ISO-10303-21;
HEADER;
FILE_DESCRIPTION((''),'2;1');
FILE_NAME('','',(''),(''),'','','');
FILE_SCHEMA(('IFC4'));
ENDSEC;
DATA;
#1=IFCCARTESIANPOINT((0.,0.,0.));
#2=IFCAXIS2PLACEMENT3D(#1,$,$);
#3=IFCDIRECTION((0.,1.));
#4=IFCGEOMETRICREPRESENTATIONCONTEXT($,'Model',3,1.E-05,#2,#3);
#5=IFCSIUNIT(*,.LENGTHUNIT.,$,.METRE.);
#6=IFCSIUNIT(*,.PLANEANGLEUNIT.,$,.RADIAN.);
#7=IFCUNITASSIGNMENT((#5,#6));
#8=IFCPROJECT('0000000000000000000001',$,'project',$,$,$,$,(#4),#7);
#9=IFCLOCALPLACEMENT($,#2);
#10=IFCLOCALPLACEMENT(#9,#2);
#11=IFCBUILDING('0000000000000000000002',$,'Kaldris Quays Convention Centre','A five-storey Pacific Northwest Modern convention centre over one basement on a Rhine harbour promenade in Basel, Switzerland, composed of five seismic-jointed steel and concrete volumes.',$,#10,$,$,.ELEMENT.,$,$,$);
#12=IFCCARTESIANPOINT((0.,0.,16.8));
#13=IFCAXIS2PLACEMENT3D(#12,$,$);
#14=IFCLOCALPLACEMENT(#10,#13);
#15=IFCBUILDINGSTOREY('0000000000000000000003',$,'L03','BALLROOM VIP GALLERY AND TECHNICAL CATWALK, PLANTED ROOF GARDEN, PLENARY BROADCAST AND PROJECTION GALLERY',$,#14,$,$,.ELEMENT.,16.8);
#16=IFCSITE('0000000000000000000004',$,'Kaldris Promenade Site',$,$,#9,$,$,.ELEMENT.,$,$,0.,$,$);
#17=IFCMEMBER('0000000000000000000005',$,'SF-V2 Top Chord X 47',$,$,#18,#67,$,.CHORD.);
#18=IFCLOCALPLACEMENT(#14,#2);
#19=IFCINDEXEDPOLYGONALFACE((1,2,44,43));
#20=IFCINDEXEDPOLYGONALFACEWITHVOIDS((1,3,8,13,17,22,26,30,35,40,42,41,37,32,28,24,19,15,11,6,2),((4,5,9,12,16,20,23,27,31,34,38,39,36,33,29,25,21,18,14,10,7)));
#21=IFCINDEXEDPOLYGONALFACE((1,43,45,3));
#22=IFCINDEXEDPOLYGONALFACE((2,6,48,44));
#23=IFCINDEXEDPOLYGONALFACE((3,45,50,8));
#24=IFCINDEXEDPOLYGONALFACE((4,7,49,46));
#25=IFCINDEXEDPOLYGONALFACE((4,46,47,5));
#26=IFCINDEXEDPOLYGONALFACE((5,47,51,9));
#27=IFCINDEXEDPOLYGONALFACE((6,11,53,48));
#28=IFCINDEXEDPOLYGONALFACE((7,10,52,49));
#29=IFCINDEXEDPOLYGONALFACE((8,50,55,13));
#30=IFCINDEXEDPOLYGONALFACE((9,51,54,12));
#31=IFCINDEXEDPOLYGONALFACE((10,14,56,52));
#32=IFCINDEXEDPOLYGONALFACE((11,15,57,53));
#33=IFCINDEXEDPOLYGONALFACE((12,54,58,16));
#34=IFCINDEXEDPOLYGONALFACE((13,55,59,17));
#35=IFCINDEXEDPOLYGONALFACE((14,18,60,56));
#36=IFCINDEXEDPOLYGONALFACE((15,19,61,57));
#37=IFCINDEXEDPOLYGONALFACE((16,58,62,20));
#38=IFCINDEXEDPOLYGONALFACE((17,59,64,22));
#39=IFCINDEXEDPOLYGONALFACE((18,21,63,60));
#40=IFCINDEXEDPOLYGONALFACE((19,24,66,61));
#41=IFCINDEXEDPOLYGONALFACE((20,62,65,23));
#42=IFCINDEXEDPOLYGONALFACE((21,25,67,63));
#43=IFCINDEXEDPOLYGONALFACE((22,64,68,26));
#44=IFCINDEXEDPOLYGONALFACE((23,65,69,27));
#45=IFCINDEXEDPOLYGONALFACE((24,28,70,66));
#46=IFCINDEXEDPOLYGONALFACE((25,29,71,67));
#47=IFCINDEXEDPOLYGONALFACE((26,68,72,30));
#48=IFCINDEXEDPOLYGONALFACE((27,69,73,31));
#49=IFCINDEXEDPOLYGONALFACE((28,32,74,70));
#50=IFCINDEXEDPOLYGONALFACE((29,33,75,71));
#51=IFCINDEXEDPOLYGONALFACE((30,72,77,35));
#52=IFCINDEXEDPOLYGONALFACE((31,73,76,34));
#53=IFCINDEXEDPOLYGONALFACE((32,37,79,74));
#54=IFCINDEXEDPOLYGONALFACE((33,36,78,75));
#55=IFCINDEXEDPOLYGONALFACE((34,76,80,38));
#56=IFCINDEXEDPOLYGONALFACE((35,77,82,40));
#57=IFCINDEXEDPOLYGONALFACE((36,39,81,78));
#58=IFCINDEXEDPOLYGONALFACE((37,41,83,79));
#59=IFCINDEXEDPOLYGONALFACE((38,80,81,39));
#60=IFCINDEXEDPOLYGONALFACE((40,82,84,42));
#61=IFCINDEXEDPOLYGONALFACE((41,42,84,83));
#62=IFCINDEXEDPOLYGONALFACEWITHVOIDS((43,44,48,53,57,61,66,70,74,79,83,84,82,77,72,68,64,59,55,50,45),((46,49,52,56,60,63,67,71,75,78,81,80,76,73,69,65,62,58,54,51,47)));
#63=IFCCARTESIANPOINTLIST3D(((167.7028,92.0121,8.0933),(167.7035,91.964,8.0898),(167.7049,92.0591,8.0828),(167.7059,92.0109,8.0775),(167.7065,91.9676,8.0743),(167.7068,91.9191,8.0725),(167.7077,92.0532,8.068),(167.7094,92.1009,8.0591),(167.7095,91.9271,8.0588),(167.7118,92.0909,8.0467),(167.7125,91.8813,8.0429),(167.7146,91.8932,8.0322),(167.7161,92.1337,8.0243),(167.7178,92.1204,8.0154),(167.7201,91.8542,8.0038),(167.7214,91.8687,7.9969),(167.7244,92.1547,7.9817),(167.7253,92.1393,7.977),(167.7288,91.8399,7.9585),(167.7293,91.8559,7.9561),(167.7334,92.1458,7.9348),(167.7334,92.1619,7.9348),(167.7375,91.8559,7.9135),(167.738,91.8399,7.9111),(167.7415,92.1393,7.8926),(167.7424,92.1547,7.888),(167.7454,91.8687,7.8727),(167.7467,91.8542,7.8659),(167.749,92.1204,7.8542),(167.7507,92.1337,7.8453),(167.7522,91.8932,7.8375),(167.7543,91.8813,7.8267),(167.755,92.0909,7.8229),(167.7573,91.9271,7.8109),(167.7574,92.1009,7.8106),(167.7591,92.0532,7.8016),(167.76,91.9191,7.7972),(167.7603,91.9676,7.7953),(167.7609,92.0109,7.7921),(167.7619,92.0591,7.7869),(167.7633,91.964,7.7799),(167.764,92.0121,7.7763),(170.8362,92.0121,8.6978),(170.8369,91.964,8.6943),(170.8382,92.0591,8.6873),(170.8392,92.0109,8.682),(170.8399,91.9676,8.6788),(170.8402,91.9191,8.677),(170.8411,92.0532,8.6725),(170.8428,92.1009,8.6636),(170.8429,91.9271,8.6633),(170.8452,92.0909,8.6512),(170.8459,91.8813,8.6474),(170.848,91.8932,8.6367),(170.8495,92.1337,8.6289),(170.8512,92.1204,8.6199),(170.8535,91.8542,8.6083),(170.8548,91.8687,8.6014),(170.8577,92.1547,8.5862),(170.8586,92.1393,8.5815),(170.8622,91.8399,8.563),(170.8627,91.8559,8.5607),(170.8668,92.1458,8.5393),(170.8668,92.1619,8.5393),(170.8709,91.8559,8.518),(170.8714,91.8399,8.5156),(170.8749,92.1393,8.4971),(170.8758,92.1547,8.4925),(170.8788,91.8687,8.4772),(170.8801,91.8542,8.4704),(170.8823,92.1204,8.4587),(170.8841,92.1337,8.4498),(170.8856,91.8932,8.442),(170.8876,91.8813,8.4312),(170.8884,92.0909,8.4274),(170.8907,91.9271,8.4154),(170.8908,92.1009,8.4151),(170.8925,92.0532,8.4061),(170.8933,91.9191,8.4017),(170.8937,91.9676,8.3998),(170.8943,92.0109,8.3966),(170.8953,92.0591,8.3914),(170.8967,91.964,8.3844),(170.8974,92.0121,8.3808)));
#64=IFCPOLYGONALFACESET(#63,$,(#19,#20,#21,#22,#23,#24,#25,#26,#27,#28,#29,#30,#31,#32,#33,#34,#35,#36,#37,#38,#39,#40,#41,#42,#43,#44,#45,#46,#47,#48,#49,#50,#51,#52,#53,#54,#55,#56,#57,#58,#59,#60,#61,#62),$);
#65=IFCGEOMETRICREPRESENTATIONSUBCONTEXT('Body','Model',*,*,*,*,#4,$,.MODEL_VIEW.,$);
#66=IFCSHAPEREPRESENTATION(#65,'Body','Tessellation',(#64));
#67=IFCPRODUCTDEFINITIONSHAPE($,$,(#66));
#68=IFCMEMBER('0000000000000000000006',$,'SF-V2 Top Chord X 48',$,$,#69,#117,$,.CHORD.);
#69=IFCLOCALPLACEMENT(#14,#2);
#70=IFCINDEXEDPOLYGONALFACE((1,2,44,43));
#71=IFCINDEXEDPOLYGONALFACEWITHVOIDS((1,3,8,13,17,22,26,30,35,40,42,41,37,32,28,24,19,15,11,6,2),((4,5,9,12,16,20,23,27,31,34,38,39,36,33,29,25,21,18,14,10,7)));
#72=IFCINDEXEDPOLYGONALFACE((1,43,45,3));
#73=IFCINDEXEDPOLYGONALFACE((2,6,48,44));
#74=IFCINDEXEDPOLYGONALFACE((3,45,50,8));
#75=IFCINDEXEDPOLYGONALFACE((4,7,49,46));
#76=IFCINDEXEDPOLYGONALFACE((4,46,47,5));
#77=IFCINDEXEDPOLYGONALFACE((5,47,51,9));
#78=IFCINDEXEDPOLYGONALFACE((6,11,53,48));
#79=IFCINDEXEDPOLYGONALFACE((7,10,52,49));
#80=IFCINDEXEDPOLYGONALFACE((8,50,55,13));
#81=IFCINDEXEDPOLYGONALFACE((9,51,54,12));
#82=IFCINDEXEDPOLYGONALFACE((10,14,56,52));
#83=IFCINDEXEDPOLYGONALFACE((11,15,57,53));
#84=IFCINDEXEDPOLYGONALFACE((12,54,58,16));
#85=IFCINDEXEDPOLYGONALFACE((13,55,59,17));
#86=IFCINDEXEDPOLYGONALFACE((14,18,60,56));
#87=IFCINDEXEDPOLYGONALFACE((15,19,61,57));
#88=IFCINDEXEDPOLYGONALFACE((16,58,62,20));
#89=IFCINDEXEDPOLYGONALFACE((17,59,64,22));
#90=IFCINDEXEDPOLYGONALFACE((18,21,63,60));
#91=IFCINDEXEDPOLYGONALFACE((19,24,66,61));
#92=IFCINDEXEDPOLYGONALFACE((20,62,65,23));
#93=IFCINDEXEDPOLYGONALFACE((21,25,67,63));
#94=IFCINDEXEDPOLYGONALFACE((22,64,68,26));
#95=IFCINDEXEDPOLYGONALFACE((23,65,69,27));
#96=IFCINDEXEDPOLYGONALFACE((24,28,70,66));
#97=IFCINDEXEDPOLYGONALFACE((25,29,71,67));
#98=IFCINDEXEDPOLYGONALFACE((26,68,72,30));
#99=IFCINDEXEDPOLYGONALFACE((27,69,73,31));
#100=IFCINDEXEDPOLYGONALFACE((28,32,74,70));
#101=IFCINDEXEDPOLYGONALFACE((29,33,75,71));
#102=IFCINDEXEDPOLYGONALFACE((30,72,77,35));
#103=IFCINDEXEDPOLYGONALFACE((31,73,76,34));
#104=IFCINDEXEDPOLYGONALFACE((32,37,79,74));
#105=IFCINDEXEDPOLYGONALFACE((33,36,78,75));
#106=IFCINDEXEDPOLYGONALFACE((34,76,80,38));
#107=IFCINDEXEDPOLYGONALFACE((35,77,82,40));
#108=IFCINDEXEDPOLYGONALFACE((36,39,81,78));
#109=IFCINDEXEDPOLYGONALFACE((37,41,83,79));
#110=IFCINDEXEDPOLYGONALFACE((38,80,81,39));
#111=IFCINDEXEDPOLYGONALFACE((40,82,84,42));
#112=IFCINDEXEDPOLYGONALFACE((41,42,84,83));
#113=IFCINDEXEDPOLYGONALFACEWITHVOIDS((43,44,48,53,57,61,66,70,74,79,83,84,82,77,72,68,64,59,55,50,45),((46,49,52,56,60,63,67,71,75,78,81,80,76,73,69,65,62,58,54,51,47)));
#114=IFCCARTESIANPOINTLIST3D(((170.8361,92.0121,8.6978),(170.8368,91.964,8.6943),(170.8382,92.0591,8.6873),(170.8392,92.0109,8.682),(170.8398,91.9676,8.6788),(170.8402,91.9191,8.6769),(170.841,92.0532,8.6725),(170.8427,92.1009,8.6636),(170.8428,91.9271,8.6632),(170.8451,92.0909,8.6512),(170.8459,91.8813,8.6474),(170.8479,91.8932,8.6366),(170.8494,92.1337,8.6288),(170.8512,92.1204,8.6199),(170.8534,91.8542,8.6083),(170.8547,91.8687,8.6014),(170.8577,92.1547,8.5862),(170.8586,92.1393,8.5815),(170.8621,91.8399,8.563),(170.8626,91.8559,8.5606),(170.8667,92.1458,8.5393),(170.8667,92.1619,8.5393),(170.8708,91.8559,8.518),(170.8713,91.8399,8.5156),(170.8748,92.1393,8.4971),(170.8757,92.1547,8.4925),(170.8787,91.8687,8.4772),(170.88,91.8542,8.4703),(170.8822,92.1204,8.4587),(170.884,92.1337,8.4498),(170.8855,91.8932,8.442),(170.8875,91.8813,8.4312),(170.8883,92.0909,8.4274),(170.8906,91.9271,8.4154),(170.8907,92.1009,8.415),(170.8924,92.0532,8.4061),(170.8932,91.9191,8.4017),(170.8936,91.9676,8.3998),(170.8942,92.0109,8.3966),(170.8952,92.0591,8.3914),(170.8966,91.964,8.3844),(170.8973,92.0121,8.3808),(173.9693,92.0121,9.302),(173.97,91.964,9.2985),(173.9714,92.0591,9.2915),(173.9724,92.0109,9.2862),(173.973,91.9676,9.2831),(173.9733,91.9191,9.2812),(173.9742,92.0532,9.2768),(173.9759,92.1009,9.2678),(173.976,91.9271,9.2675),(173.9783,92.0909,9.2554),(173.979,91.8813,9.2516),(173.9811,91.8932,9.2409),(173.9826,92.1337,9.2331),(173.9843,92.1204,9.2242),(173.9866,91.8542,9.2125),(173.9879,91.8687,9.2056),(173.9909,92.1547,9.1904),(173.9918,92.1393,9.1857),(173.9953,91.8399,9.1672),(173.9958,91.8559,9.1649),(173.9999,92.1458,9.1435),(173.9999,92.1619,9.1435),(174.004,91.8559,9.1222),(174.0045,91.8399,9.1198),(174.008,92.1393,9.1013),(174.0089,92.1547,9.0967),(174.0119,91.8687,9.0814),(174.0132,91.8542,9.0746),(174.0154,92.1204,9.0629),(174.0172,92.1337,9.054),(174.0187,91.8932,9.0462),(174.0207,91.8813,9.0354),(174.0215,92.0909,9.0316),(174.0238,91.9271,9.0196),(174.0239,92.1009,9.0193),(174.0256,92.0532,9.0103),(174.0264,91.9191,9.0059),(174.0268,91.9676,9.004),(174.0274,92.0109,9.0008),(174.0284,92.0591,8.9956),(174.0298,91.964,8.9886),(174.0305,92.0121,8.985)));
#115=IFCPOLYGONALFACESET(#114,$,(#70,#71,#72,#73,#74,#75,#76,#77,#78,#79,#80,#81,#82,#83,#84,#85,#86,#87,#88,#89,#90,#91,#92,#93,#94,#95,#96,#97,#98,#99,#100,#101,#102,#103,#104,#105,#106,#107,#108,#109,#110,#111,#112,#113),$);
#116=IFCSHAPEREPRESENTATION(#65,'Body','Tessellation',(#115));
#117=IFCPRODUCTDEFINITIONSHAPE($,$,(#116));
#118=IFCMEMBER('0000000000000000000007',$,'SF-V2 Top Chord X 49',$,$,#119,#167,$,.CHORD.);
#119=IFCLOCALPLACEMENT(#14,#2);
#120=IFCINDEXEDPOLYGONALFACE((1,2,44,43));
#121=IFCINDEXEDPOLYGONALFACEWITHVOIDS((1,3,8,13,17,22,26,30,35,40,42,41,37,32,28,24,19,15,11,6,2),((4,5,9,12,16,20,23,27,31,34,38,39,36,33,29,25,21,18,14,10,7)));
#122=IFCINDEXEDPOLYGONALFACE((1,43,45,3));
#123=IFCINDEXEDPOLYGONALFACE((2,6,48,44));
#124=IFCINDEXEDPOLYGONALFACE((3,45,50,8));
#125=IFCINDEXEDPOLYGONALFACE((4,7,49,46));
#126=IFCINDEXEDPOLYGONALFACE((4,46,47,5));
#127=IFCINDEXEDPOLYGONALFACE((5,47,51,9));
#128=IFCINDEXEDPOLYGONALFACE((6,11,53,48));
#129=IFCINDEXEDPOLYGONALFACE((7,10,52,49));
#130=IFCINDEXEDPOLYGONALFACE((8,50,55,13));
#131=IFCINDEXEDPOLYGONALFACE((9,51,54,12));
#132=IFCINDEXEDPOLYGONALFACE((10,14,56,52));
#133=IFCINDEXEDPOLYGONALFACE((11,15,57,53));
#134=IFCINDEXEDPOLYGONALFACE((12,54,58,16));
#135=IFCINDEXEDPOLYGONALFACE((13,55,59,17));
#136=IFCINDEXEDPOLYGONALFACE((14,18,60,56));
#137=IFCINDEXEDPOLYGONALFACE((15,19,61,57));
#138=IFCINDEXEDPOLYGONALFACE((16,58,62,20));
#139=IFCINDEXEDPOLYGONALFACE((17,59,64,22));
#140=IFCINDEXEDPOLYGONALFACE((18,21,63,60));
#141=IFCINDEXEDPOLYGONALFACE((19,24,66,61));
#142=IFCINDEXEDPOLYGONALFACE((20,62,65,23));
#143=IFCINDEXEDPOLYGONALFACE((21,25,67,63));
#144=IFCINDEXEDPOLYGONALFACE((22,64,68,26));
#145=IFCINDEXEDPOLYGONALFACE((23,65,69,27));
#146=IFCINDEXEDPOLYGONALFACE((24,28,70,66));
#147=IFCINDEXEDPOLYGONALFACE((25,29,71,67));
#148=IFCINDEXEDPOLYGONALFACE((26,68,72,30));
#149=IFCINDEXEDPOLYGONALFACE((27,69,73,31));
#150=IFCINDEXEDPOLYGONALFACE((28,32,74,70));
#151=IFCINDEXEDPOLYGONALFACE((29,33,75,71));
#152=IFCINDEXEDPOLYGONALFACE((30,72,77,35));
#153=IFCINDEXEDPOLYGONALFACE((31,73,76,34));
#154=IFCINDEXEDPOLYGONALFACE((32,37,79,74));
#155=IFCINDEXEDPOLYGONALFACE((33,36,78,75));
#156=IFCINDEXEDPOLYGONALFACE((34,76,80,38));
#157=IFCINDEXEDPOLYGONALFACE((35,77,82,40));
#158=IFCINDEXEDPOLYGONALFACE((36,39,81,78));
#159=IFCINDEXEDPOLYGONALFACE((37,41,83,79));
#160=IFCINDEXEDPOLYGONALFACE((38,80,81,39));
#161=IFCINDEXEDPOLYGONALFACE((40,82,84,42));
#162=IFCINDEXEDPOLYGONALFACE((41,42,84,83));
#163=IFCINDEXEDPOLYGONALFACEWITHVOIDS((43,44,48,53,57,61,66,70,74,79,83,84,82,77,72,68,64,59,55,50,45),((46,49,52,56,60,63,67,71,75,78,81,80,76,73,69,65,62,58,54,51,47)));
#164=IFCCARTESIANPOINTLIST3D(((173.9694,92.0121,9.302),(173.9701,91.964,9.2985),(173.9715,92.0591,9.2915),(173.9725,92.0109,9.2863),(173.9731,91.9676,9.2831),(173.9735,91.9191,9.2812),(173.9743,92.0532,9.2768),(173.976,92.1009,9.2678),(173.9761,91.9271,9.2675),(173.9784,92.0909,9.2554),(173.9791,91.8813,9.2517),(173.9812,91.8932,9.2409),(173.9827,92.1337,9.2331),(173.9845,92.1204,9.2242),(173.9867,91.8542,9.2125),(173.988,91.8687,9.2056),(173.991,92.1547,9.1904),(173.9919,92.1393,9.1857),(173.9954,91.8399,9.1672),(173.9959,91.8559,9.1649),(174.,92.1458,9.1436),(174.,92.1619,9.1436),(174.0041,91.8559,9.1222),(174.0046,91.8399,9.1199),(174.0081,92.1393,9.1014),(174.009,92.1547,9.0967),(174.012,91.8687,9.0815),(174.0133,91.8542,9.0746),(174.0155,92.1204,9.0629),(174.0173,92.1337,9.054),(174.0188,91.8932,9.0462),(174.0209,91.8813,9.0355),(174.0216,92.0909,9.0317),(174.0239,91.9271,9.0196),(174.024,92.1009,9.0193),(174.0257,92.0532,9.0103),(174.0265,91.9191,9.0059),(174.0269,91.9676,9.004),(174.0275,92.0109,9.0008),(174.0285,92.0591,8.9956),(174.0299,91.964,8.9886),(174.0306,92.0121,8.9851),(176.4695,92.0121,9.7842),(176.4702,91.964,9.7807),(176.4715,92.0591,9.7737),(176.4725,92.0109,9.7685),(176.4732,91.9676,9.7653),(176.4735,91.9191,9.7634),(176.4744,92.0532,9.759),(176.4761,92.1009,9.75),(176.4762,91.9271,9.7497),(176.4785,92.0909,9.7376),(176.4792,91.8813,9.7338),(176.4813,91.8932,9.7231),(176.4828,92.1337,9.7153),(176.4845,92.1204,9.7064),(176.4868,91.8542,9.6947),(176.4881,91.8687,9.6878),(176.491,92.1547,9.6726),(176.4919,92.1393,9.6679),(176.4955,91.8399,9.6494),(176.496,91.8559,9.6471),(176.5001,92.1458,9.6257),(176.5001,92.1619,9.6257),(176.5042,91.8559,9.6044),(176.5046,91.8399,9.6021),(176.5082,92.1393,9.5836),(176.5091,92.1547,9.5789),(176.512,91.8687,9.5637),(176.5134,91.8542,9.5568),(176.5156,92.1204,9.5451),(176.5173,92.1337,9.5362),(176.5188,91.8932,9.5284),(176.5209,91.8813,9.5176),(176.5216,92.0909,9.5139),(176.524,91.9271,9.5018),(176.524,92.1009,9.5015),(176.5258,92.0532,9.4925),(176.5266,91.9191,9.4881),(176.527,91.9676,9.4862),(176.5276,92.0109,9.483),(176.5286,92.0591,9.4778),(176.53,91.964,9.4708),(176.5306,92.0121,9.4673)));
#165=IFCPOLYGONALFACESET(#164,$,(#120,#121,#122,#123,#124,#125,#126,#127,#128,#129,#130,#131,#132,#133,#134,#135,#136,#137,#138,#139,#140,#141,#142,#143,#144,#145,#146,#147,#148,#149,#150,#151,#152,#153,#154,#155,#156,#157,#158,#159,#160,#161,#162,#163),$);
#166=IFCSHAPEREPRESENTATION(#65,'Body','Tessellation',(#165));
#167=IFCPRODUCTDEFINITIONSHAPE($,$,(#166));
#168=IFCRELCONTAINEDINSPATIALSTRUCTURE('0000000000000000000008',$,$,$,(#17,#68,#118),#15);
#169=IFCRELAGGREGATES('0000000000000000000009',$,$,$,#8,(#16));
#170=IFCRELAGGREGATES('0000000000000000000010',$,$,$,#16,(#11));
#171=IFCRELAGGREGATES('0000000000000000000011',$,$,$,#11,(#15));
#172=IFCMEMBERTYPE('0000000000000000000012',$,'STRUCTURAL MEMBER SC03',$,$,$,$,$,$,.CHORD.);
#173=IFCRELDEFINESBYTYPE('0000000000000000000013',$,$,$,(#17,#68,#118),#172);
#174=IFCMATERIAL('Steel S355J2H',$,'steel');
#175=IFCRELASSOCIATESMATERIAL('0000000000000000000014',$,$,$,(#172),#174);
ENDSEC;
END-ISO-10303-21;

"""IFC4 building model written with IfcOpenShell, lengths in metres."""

from ifc_helpers import new_model, si_unit, direction, frame, origin, origin_2d, place, context, subcontext, project, spatial, hollow_circle, extrude, material, material_profile, profile_set, type_object, element, save


model = new_model("IFC4")

# Units and contexts
model_context = context("Model", 3, precision=1e-05, world=origin(), true_north=direction((0.0, 1.0)))
body_context = subcontext(model_context, "Body", "Model", "MODEL_VIEW")
ifc_project = project(units=[si_unit("LENGTHUNIT", "METRE"), si_unit("PLANEANGLEUNIT", "RADIAN")], contexts=[model_context])

# Site, building, storey
site_placement = place(None, origin())
site = spatial("IfcSite", under=ifc_project, at=site_placement, Name="Kaldris Promenade Site", CompositionType="ELEMENT", RefElevation=0.0)
building_placement = place(site_placement, origin())
building = spatial("IfcBuilding", under=site, at=building_placement, Name="Kaldris Quays Convention Centre", Description="A five-storey Pacific Northwest Modern convention centre over one basement on a Rhine harbour promenade in Basel, Switzerland, composed of five seismic-jointed steel and concrete volumes.", CompositionType="ELEMENT")
storey_placement = place(building_placement, frame((0.0, 0.0, 16.8)))
storey = spatial("IfcBuildingStorey", under=building, at=storey_placement, Name="L03", Description="BALLROOM VIP GALLERY AND TECHNICAL CATWALK, PLANTED ROOF GARDEN, PLENARY BROADCAST AND PROJECTION GALLERY", CompositionType="ELEMENT", Elevation=16.8)

# Members
ifc_material_1 = material(Name="Steel S355J2H", Category="steel")
ifc_material_profile_1 = material_profile(ifc_material_1, hollow_circle(Radius=0.1619, WallThickness=0.0161, at=origin_2d()), Name="CHS 323.9x16")
ifc_profile_set_1 = profile_set([ifc_material_profile_1], Name="Steel S355J2H")
member_type_1 = type_object("IfcMemberType", Name="STRUCTURAL MEMBER SC03", PredefinedType="CHORD", material=ifc_profile_set_1)
member_1_placement = place(storey_placement, frame((167.7334, 92.0, 7.9348), z_axis=(0.981894, 0.0, 0.189432), x_axis=(0.0, 1.0, 0.0)))
element("IfcMember", 1, at=member_1_placement, inside=storey, type_object=member_type_1, Name="SF-V2 Top Chord X 47", PredefinedType="CHORD", context=body_context, shape_type="SweptSolid", body=[
    extrude(hollow_circle(Radius=0.1619, WallThickness=0.0161, at=origin_2d()), origin(), (0.0, 0.0, 1.0), 3.1912),
])
member_2_placement = place(storey_placement, frame((170.8667, 92.0, 8.5393), z_axis=(0.981908, 0.0, 0.189358), x_axis=(0.0, 1.0, 0.0)))
element("IfcMember", 2, at=member_2_placement, inside=storey, type_object=member_type_1, Name="SF-V2 Top Chord X 48", PredefinedType="CHORD", context=body_context, shape_type="SweptSolid", body=[
    extrude(hollow_circle(Radius=0.1619, WallThickness=0.0161, at=origin_2d()), origin(), (0.0, 0.0, 1.0), 3.1909),
])
for number, where, z_axis, x_axis, name in (
    (3, (174.0, 92.0, 9.1436), (0.981904, 0.0, 0.189381), (0.0, 1.0, 0.0), "SF-V2 Top Chord X 49"),
):
    element("IfcMember", number, at=place(storey_placement, frame(where, z_axis=z_axis, x_axis=x_axis)), inside=storey, type_object=member_type_1, Name=name, PredefinedType="CHORD", context=body_context, shape_type="SweptSolid", body=[
        extrude(hollow_circle(Radius=0.1619, WallThickness=0.0161, at=origin_2d()), origin(), (0.0, 0.0, 1.0), 2.5461),
    ])

save(model, "model.ifc")
